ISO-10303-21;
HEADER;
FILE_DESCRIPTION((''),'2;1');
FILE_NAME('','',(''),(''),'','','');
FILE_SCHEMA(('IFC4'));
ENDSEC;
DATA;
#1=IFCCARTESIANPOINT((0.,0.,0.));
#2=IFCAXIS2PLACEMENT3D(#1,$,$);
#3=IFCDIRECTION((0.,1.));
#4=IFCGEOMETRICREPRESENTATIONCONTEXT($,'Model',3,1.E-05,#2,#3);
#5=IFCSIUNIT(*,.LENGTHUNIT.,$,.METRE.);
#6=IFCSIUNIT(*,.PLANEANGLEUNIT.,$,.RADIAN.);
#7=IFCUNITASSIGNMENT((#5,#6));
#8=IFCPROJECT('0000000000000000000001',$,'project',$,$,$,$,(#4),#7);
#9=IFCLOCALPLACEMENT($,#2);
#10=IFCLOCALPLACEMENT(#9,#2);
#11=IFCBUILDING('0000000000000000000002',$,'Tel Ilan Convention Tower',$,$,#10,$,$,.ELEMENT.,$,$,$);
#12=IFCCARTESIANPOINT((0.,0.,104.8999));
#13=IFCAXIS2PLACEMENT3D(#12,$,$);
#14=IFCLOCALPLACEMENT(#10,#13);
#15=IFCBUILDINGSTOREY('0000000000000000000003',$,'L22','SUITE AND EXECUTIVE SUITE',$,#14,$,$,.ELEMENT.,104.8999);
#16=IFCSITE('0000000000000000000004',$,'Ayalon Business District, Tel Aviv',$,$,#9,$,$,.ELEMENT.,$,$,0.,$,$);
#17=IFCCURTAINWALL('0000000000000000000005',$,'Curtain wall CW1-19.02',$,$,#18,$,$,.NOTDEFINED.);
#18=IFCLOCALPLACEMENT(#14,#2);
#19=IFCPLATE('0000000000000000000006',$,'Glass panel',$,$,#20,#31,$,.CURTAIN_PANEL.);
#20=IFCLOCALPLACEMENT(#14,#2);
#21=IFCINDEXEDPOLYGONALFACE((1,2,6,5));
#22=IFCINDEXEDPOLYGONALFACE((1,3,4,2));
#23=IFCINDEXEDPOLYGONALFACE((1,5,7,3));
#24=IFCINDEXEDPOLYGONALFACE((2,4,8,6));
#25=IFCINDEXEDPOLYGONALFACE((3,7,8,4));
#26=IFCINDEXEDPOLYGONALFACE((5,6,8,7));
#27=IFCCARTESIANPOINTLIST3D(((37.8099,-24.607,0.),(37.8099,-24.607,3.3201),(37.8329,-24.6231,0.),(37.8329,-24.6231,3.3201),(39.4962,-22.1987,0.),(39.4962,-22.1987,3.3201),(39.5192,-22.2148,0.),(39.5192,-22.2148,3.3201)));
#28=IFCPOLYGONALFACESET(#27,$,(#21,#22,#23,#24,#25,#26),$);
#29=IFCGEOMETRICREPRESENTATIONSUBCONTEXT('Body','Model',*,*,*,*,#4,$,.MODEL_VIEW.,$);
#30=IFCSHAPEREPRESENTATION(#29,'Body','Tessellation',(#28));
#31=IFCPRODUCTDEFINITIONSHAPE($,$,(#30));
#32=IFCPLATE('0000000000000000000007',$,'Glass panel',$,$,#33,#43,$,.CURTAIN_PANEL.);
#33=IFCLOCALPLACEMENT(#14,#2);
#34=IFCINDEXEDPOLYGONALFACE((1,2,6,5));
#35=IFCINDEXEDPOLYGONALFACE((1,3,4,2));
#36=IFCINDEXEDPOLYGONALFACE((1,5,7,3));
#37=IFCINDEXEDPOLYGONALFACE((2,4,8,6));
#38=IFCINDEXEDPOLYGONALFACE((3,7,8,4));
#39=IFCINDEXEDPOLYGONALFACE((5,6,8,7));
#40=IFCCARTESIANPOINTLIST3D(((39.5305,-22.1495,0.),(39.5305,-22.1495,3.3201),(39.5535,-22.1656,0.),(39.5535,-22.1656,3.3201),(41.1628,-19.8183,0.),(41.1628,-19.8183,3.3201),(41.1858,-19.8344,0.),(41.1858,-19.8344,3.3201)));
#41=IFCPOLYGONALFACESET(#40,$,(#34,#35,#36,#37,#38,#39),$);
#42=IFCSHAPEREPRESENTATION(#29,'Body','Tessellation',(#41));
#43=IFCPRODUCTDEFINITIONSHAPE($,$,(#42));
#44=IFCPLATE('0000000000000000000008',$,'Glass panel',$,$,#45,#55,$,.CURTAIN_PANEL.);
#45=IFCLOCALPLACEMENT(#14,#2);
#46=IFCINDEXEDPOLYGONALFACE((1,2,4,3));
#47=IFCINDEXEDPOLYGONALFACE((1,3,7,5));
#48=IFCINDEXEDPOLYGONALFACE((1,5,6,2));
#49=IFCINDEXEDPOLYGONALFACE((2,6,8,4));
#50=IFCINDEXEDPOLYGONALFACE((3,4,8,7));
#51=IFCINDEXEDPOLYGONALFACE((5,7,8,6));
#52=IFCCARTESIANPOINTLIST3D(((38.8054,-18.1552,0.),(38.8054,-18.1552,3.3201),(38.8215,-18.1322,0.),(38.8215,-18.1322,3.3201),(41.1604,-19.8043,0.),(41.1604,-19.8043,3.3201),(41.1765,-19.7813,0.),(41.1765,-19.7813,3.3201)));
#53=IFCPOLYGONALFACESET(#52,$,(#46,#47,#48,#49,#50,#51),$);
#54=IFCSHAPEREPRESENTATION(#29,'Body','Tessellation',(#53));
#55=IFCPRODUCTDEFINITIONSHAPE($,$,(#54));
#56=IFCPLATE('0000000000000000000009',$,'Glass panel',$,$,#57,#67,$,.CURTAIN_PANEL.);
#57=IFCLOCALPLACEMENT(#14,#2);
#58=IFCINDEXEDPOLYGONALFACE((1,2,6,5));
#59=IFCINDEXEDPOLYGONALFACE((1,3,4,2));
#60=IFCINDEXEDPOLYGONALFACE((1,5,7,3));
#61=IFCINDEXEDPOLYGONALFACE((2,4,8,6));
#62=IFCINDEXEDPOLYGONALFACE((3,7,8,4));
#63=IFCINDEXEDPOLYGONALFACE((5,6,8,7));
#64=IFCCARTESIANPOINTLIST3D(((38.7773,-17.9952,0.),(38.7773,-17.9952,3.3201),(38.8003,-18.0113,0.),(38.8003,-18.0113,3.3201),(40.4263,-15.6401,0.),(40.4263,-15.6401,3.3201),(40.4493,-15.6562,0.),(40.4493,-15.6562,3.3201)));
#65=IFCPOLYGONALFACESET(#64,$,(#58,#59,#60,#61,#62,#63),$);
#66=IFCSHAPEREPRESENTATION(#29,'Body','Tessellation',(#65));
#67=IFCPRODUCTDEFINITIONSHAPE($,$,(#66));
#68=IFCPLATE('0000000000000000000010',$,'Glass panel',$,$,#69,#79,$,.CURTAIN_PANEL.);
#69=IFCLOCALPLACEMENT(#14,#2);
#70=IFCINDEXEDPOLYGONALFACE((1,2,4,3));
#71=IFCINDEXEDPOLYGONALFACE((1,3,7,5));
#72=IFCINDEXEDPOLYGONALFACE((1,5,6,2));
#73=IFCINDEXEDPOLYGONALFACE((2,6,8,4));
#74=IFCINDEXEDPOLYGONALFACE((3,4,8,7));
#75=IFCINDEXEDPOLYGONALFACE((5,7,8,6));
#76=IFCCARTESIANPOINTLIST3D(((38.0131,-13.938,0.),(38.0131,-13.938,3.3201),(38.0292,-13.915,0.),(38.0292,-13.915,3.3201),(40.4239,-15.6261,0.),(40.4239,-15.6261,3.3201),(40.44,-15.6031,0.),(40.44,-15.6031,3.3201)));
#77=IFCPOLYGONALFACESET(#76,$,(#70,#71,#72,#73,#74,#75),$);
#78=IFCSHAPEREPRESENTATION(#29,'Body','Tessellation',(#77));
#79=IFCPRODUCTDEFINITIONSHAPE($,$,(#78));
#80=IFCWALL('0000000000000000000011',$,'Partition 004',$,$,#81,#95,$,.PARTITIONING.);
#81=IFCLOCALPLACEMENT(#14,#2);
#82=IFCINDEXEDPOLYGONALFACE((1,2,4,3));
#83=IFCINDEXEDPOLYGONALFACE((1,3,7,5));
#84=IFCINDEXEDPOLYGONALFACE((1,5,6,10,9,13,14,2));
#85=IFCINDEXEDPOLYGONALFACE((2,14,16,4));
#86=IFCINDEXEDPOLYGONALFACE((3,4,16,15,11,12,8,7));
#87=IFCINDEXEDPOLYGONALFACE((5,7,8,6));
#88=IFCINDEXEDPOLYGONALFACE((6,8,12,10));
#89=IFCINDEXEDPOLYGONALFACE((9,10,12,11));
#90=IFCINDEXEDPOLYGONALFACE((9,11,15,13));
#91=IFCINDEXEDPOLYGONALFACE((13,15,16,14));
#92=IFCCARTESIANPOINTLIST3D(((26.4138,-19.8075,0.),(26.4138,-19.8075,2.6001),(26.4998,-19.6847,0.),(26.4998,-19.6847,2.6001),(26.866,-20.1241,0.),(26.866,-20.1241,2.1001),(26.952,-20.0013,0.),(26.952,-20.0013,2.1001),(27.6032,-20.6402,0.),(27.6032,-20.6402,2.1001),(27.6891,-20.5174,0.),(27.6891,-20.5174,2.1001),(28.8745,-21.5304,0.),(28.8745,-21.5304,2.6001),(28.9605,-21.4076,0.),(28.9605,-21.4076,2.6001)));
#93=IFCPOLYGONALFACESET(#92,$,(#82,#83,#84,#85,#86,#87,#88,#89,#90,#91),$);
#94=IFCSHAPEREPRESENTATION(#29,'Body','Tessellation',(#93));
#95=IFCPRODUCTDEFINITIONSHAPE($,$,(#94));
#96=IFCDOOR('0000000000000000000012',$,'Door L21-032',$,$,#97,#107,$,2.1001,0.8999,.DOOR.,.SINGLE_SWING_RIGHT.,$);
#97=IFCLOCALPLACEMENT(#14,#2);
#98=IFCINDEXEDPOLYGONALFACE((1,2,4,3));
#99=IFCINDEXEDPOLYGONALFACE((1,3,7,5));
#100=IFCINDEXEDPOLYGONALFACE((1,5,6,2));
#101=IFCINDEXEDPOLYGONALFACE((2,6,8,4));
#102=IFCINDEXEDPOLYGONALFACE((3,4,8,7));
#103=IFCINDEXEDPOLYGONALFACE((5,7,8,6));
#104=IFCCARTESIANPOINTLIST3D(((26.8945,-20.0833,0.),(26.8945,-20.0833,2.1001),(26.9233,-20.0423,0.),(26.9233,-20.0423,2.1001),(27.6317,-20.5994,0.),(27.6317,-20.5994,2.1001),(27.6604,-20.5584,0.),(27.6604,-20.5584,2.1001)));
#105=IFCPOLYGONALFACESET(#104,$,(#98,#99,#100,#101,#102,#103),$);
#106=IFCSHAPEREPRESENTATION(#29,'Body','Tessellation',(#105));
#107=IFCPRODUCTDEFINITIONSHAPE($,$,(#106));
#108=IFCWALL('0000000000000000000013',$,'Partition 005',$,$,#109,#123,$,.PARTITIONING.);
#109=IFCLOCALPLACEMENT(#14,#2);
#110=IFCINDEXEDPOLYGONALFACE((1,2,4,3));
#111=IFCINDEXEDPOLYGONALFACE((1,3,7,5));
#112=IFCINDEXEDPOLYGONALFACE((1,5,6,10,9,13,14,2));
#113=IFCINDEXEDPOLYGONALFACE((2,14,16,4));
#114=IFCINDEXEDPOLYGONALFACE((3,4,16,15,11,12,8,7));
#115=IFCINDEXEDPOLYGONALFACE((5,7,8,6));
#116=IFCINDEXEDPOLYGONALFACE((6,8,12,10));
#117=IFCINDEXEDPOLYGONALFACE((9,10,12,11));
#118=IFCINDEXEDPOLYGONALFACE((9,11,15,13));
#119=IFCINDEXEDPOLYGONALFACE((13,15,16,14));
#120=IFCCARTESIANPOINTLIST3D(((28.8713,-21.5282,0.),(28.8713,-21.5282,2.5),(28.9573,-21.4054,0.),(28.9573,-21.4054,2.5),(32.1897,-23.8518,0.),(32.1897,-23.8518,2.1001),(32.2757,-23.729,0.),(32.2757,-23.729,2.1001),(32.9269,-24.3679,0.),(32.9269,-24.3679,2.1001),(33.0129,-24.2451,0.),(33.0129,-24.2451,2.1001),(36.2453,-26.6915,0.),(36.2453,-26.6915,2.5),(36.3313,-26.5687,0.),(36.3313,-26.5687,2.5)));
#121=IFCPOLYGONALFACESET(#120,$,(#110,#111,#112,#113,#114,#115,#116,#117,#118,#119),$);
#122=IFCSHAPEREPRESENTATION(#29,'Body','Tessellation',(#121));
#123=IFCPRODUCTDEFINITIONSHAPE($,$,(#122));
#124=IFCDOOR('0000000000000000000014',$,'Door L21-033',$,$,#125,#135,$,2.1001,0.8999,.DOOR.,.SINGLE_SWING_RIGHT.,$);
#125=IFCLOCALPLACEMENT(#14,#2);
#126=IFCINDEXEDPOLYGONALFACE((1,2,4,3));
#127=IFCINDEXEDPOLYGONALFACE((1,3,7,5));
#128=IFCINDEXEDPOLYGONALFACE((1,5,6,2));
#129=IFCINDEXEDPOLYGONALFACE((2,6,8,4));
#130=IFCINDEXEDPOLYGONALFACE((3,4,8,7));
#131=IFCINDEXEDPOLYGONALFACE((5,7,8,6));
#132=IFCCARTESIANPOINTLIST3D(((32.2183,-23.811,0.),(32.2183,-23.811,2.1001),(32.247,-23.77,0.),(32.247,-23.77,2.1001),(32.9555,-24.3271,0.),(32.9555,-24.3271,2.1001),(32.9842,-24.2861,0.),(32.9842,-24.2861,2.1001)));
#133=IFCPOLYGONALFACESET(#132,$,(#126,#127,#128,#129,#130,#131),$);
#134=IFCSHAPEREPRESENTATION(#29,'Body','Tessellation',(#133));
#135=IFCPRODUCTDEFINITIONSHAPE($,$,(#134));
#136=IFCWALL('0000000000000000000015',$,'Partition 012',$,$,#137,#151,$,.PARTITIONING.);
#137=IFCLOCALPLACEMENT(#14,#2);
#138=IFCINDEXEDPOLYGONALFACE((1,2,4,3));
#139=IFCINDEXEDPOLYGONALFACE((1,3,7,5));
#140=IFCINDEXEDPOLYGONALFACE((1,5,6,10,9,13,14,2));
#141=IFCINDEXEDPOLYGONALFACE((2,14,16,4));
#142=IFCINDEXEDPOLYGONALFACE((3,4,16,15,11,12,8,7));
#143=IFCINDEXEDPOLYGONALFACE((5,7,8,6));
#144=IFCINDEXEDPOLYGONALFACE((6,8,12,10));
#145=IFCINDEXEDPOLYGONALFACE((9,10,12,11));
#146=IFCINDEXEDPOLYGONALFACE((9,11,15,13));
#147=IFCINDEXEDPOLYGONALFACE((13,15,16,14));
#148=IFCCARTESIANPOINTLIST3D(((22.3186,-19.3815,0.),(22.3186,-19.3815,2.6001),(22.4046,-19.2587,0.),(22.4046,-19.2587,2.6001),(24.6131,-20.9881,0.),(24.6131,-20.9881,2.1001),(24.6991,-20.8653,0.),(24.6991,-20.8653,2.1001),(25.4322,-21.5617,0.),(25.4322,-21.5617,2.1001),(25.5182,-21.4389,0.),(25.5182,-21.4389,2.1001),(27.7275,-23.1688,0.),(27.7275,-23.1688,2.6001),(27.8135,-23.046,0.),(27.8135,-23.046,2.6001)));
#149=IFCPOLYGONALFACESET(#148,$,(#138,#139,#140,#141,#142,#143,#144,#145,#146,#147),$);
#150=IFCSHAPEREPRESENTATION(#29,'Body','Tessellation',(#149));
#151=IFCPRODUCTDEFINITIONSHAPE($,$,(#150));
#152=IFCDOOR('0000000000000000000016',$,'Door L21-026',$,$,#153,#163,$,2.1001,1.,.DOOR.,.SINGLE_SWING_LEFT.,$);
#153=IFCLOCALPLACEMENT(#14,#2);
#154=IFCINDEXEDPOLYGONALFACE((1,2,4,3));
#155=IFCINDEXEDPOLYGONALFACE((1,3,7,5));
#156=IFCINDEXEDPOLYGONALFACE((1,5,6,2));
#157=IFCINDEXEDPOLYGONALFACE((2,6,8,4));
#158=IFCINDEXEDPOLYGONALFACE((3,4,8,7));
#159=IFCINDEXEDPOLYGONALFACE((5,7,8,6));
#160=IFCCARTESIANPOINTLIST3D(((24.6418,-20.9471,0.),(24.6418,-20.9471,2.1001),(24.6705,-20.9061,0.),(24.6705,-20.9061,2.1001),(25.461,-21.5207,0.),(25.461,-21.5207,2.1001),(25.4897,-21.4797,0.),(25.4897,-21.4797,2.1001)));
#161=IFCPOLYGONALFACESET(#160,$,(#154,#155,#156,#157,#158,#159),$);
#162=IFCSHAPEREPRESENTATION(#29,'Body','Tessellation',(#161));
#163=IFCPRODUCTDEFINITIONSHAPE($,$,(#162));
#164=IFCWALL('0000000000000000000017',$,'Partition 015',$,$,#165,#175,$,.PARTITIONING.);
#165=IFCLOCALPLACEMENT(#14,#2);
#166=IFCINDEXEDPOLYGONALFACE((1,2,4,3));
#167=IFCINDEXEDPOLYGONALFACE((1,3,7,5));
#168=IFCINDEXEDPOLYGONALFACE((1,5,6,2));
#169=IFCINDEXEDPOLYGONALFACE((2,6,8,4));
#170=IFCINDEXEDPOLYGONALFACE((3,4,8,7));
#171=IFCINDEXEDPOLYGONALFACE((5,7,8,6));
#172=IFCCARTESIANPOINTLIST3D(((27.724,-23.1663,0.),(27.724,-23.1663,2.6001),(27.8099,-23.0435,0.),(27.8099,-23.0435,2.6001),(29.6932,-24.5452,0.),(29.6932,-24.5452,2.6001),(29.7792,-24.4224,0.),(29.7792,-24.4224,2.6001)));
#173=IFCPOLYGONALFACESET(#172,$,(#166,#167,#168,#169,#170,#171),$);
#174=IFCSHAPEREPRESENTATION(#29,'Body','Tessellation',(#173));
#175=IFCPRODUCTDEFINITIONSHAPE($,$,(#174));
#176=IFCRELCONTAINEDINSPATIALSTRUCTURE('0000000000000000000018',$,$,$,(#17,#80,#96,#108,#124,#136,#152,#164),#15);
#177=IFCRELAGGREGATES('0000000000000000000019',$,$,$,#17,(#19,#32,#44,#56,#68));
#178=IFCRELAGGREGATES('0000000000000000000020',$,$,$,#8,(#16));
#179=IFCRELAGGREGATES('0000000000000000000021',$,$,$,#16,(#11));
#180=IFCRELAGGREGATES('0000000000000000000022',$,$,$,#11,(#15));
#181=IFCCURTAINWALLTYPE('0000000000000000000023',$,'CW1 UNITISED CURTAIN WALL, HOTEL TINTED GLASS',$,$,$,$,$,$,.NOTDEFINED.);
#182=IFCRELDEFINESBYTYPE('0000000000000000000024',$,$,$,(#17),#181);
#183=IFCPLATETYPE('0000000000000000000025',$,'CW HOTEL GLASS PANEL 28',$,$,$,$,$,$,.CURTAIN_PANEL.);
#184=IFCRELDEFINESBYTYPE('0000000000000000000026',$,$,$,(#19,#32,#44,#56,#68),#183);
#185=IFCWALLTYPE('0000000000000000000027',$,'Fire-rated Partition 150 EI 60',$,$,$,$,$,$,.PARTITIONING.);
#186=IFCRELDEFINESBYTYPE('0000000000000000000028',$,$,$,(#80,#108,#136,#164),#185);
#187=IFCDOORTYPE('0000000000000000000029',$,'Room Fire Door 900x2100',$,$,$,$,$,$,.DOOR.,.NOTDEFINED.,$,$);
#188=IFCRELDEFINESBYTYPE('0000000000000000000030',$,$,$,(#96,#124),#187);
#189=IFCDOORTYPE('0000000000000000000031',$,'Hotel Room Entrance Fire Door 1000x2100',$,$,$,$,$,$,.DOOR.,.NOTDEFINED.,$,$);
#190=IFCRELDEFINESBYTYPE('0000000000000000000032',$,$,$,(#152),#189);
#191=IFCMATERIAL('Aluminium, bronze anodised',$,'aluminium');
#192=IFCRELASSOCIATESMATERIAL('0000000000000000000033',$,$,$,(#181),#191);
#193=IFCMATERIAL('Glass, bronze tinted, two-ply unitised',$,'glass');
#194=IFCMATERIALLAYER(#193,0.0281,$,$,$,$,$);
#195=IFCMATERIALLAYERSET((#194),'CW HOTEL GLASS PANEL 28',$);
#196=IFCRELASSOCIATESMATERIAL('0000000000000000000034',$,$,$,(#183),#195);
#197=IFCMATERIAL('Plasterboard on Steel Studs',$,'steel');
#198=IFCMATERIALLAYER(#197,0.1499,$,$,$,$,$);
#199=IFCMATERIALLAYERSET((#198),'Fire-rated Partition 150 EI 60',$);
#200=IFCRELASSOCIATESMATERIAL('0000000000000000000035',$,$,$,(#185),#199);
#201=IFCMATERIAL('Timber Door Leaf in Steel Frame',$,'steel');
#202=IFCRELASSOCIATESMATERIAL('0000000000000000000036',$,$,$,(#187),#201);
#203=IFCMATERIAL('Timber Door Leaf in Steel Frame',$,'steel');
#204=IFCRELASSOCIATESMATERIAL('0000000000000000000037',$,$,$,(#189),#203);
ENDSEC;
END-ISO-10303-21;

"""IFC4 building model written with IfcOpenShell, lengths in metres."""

from ifc_helpers import new_model, si_unit, direction, frame, frame_2d, origin, origin_2d, place, context, subcontext, project, spatial, rectangle, extrude, material, layer, layer_set, type_object, element, fill, aggregate, save


model = new_model("IFC4")

# Units and contexts
model_context = context("Model", 3, precision=1e-05, world=origin(), true_north=direction((0.0, 1.0)))
body_context = subcontext(model_context, "Body", "Model", "MODEL_VIEW")
ifc_project = project(units=[si_unit("LENGTHUNIT", "METRE"), si_unit("PLANEANGLEUNIT", "RADIAN")], contexts=[model_context])

# Site, building, storey
site_placement = place(None, origin())
site = spatial("IfcSite", under=ifc_project, at=site_placement, Name="Ayalon Business District, Tel Aviv", CompositionType="ELEMENT", RefElevation=0.0)
building_placement = place(site_placement, origin())
building = spatial("IfcBuilding", under=site, at=building_placement, Name="Tel Ilan Convention Tower", CompositionType="ELEMENT")
storey_placement = place(building_placement, frame((0.0, 0.0, 104.8999)))
storey = spatial("IfcBuildingStorey", under=building, at=storey_placement, Name="L22", Description="SUITE AND EXECUTIVE SUITE", CompositionType="ELEMENT", Elevation=104.8999)

# Curtain wall, plates
ifc_material_1 = material(Name="Aluminium, bronze anodised", Category="aluminium")
curtain_wall_type = type_object("IfcCurtainWallType", Name="CW1 UNITISED CURTAIN WALL, HOTEL TINTED GLASS", PredefinedType="NOTDEFINED", material=ifc_material_1)
curtain_wall_placement = place(storey_placement, origin())
curtain_wall = element("IfcCurtainWall", 1, at=curtain_wall_placement, inside=storey, type_object=curtain_wall_type, Name="Curtain wall CW1-19.02", PredefinedType="NOTDEFINED")
ifc_material_2 = material(Name="Glass, bronze tinted, two-ply unitised", Category="glass")
ifc_layer_1 = layer(ifc_material_2, 0.0281)
ifc_layer_set_1 = layer_set([ifc_layer_1], Name="CW HOTEL GLASS PANEL 28")
plate_type = type_object("IfcPlateType", Name="CW HOTEL GLASS PANEL 28", PredefinedType="CURTAIN_PANEL", material=ifc_layer_set_1)
plate_1_placement = place(storey_placement, frame((38.6646, -23.4109, 0.0), z_axis=(0.0, 0.0, 1.0), x_axis=(0.573576, 0.819152, 0.0)))
plate_1 = element("IfcPlate", 2, at=plate_1_placement, type_object=plate_type, Name="Glass panel", PredefinedType="CURTAIN_PANEL", context=body_context, shape_type="SweptSolid", body=[
    extrude(rectangle(XDim=2.9399, YDim=0.0281, at=origin_2d()), origin(), (0.0, 0.0, 1.0), 3.3201),
])
plate_2_placement = place(storey_placement, frame((40.3582, -20.9919, 0.0), z_axis=(0.0, 0.0, 1.0), x_axis=(0.573576, 0.819152, 0.0)))
plate_2 = element("IfcPlate", 3, at=plate_2_placement, type_object=plate_type, Name="Glass panel", PredefinedType="CURTAIN_PANEL", context=body_context, shape_type="SweptSolid", body=[
    extrude(rectangle(XDim=2.8459, YDim=0.0281, at=origin_2d()), origin(), (0.0, 0.0, 1.0), 3.3201),
])
plate_3_placement = place(storey_placement, frame((39.991, -18.9683, 0.0), z_axis=(0.0, 0.0, 1.0), x_axis=(-0.819152, 0.573576, 0.0)))
plate_3 = element("IfcPlate", 4, at=plate_3_placement, type_object=plate_type, Name="Glass panel", PredefinedType="CURTAIN_PANEL", context=body_context, shape_type="SweptSolid", body=[
    extrude(rectangle(XDim=2.875, YDim=0.0281, at=origin_2d()), origin(), (0.0, 0.0, 1.0), 3.3201),
])
plate_4_placement = place(storey_placement, frame((39.6133, -16.8257, 0.0), z_axis=(0.0, 0.0, 1.0), x_axis=(0.573576, 0.819152, 0.0)))
plate_4 = element("IfcPlate", 5, at=plate_4_placement, type_object=plate_type, Name="Glass panel", PredefinedType="CURTAIN_PANEL", context=body_context, shape_type="SweptSolid", body=[
    extrude(rectangle(XDim=2.875, YDim=0.0281, at=origin_2d()), origin(), (0.0, 0.0, 1.0), 3.3201),
])
plate_5_placement = place(storey_placement, frame((39.2266, -14.7705, 0.0), z_axis=(0.0, 0.0, 1.0), x_axis=(-0.819152, 0.573576, 0.0)))
plate_5 = element("IfcPlate", 6, at=plate_5_placement, type_object=plate_type, Name="Glass panel", PredefinedType="CURTAIN_PANEL", context=body_context, shape_type="SweptSolid", body=[
    extrude(rectangle(XDim=2.9431, YDim=0.0281, at=origin_2d()), origin(), (0.0, 0.0, 1.0), 3.3201),
])
aggregate(curtain_wall, [plate_1, plate_2, plate_3, plate_4, plate_5])

# Walls, openings, doors
ifc_material_3 = material(Name="Plasterboard on Steel Studs", Category="steel")
ifc_layer_2 = layer(ifc_material_3, 0.1499)
ifc_layer_set_2 = layer_set([ifc_layer_2], Name="Fire-rated Partition 150 EI 60")
wall_type_1 = type_object("IfcWallType", Name="Fire-rated Partition 150 EI 60", PredefinedType="PARTITIONING", material=ifc_layer_set_2)
wall_1_placement = place(storey_placement, frame((26.4568, -19.7461, 0.0), z_axis=(0.0, 0.0, 1.0), x_axis=(0.819167, -0.573555, 0.0)))
wall_1 = element("IfcWall", 7, at=wall_1_placement, inside=storey, type_object=wall_type_1, Name="Partition 004", PredefinedType="PARTITIONING", context=body_context, shape_type="SweptSolid", body=[
    extrude(rectangle(XDim=3.0039, YDim=0.1499, at=frame_2d((1.502, 0.0))), origin(), (0.0, 0.0, 1.0), 2.6001),
])
opening_1_placement = place(wall_1_placement, frame((0.552, 0.0, 0.0)))
opening_1 = element("IfcOpeningElement", 8, at=opening_1_placement, cuts=wall_1, PredefinedType="OPENING", context=body_context, shape_type="SweptSolid", body=[
    extrude(rectangle(XDim=0.8999, YDim=2.1001, at=frame_2d((0.45, 1.05))), frame((0.0, 0.085, 0.0), z_axis=(0.0, -1.0, 0.0), x_axis=(1.0, 0.0, 0.0)), (0.0, 0.0, 1.0), 0.1699),
])
ifc_material_4 = material(Name="Timber Door Leaf in Steel Frame", Category="steel")
door_type_1 = type_object("IfcDoorType", Name="Room Fire Door 900x2100", OperationType="NOTDEFINED", PredefinedType="DOOR", material=ifc_material_4)
door_1_placement = place(opening_1_placement, origin())
door_1 = element("IfcDoor", 9, at=door_1_placement, inside=storey, type_object=door_type_1, Name="Door L21-032", OperationType="SINGLE_SWING_RIGHT", OverallHeight=2.1001, OverallWidth=0.8999, PredefinedType="DOOR", context=body_context, shape_type="SweptSolid", body=[
    extrude(rectangle(XDim=0.8999, YDim=2.1001, at=frame_2d((0.45, 1.05))), frame((0.0, 0.0249, 0.0), z_axis=(0.0, -1.0, 0.0), x_axis=(1.0, 0.0, 0.0)), (0.0, 0.0, 1.0), 0.05),
])
fill(opening_1, door_1)
wall_2_placement = place(storey_placement, frame((28.9143, -21.4668, 0.0), z_axis=(0.0, 0.0, 1.0), x_axis=(0.819153, -0.573575, 0.0)))
wall_2 = element("IfcWall", 10, at=wall_2_placement, inside=storey, type_object=wall_type_1, Name="Partition 005", PredefinedType="PARTITIONING", context=body_context, shape_type="SweptSolid", body=[
    extrude(rectangle(XDim=9.002, YDim=0.1499, at=frame_2d((4.501, 0.0))), origin(), (0.0, 0.0, 1.0), 2.5),
])
opening_2_placement = place(wall_2_placement, frame((4.051, 0.0, 0.0)))
opening_2 = element("IfcOpeningElement", 11, at=opening_2_placement, cuts=wall_2, PredefinedType="OPENING", context=body_context, shape_type="SweptSolid", body=[
    extrude(rectangle(XDim=0.8999, YDim=2.1001, at=frame_2d((0.45, 1.05))), frame((0.0, 0.085, 0.0), z_axis=(0.0, -1.0, 0.0), x_axis=(1.0, 0.0, 0.0)), (0.0, 0.0, 1.0), 0.1699),
])
door_2_placement = place(opening_2_placement, origin())
door_2 = element("IfcDoor", 12, at=door_2_placement, inside=storey, type_object=door_type_1, Name="Door L21-033", OperationType="SINGLE_SWING_RIGHT", OverallHeight=2.1001, OverallWidth=0.8999, PredefinedType="DOOR", context=body_context, shape_type="SweptSolid", body=[
    extrude(rectangle(XDim=0.8999, YDim=2.1001, at=frame_2d((0.45, 1.05))), frame((0.0, 0.0249, 0.0), z_axis=(0.0, -1.0, 0.0), x_axis=(1.0, 0.0, 0.0)), (0.0, 0.0, 1.0), 0.05),
])
fill(opening_2, door_2)
wall_3_placement = place(storey_placement, frame((27.7705, -23.1074, 0.0), z_axis=(0.0, 0.0, 1.0), x_axis=(-0.819154, 0.573574, 0.0)))
wall_3 = element("IfcWall", 13, at=wall_3_placement, inside=storey, type_object=wall_type_1, Name="Partition 012", PredefinedType="PARTITIONING", context=body_context, shape_type="SweptSolid", body=[
    extrude(rectangle(XDim=6.603, YDim=0.1499, at=frame_2d((3.3015, 0.0))), origin(), (0.0, 0.0, 1.0), 2.6001),
])
opening_3_placement = place(wall_3_placement, frame((2.802, 0.0, 0.0)))
opening_3 = element("IfcOpeningElement", 14, at=opening_3_placement, cuts=wall_3, PredefinedType="OPENING", context=body_context, shape_type="SweptSolid", body=[
    extrude(rectangle(XDim=1.0, YDim=2.1001, at=frame_2d((0.5, 1.05))), frame((0.0, 0.085, 0.0), z_axis=(0.0, -1.0, 0.0), x_axis=(1.0, 0.0, 0.0)), (0.0, 0.0, 1.0), 0.1699),
])
ifc_material_5 = material(Name="Timber Door Leaf in Steel Frame", Category="steel")
door_type_2 = type_object("IfcDoorType", Name="Hotel Room Entrance Fire Door 1000x2100", OperationType="NOTDEFINED", PredefinedType="DOOR", material=ifc_material_5)
door_3_placement = place(opening_3_placement, origin())
door_3 = element("IfcDoor", 15, at=door_3_placement, inside=storey, type_object=door_type_2, Name="Door L21-026", OperationType="SINGLE_SWING_LEFT", OverallHeight=2.1001, OverallWidth=1.0, PredefinedType="DOOR", context=body_context, shape_type="SweptSolid", body=[
    extrude(rectangle(XDim=1.0, YDim=2.1001, at=frame_2d((0.5, 1.05))), frame((0.0, 0.0249, 0.0), z_axis=(0.0, -1.0, 0.0), x_axis=(1.0, 0.0, 0.0)), (0.0, 0.0, 1.0), 0.05),
])
fill(opening_3, door_3)

# Wall
wall_4_placement = place(storey_placement, frame((29.7363, -24.4839, 0.0), z_axis=(0.0, 0.0, 1.0), x_axis=(-0.819146, 0.573585, 0.0)))
element("IfcWall", 16, at=wall_4_placement, inside=storey, type_object=wall_type_1, Name="Partition 015", PredefinedType="PARTITIONING", context=body_context, shape_type="SweptSolid", body=[
    extrude(rectangle(XDim=2.4041, YDim=0.1499, at=frame_2d((1.2021, 0.0))), origin(), (0.0, 0.0, 1.0), 2.6001),
])

save(model, "model.ifc")
